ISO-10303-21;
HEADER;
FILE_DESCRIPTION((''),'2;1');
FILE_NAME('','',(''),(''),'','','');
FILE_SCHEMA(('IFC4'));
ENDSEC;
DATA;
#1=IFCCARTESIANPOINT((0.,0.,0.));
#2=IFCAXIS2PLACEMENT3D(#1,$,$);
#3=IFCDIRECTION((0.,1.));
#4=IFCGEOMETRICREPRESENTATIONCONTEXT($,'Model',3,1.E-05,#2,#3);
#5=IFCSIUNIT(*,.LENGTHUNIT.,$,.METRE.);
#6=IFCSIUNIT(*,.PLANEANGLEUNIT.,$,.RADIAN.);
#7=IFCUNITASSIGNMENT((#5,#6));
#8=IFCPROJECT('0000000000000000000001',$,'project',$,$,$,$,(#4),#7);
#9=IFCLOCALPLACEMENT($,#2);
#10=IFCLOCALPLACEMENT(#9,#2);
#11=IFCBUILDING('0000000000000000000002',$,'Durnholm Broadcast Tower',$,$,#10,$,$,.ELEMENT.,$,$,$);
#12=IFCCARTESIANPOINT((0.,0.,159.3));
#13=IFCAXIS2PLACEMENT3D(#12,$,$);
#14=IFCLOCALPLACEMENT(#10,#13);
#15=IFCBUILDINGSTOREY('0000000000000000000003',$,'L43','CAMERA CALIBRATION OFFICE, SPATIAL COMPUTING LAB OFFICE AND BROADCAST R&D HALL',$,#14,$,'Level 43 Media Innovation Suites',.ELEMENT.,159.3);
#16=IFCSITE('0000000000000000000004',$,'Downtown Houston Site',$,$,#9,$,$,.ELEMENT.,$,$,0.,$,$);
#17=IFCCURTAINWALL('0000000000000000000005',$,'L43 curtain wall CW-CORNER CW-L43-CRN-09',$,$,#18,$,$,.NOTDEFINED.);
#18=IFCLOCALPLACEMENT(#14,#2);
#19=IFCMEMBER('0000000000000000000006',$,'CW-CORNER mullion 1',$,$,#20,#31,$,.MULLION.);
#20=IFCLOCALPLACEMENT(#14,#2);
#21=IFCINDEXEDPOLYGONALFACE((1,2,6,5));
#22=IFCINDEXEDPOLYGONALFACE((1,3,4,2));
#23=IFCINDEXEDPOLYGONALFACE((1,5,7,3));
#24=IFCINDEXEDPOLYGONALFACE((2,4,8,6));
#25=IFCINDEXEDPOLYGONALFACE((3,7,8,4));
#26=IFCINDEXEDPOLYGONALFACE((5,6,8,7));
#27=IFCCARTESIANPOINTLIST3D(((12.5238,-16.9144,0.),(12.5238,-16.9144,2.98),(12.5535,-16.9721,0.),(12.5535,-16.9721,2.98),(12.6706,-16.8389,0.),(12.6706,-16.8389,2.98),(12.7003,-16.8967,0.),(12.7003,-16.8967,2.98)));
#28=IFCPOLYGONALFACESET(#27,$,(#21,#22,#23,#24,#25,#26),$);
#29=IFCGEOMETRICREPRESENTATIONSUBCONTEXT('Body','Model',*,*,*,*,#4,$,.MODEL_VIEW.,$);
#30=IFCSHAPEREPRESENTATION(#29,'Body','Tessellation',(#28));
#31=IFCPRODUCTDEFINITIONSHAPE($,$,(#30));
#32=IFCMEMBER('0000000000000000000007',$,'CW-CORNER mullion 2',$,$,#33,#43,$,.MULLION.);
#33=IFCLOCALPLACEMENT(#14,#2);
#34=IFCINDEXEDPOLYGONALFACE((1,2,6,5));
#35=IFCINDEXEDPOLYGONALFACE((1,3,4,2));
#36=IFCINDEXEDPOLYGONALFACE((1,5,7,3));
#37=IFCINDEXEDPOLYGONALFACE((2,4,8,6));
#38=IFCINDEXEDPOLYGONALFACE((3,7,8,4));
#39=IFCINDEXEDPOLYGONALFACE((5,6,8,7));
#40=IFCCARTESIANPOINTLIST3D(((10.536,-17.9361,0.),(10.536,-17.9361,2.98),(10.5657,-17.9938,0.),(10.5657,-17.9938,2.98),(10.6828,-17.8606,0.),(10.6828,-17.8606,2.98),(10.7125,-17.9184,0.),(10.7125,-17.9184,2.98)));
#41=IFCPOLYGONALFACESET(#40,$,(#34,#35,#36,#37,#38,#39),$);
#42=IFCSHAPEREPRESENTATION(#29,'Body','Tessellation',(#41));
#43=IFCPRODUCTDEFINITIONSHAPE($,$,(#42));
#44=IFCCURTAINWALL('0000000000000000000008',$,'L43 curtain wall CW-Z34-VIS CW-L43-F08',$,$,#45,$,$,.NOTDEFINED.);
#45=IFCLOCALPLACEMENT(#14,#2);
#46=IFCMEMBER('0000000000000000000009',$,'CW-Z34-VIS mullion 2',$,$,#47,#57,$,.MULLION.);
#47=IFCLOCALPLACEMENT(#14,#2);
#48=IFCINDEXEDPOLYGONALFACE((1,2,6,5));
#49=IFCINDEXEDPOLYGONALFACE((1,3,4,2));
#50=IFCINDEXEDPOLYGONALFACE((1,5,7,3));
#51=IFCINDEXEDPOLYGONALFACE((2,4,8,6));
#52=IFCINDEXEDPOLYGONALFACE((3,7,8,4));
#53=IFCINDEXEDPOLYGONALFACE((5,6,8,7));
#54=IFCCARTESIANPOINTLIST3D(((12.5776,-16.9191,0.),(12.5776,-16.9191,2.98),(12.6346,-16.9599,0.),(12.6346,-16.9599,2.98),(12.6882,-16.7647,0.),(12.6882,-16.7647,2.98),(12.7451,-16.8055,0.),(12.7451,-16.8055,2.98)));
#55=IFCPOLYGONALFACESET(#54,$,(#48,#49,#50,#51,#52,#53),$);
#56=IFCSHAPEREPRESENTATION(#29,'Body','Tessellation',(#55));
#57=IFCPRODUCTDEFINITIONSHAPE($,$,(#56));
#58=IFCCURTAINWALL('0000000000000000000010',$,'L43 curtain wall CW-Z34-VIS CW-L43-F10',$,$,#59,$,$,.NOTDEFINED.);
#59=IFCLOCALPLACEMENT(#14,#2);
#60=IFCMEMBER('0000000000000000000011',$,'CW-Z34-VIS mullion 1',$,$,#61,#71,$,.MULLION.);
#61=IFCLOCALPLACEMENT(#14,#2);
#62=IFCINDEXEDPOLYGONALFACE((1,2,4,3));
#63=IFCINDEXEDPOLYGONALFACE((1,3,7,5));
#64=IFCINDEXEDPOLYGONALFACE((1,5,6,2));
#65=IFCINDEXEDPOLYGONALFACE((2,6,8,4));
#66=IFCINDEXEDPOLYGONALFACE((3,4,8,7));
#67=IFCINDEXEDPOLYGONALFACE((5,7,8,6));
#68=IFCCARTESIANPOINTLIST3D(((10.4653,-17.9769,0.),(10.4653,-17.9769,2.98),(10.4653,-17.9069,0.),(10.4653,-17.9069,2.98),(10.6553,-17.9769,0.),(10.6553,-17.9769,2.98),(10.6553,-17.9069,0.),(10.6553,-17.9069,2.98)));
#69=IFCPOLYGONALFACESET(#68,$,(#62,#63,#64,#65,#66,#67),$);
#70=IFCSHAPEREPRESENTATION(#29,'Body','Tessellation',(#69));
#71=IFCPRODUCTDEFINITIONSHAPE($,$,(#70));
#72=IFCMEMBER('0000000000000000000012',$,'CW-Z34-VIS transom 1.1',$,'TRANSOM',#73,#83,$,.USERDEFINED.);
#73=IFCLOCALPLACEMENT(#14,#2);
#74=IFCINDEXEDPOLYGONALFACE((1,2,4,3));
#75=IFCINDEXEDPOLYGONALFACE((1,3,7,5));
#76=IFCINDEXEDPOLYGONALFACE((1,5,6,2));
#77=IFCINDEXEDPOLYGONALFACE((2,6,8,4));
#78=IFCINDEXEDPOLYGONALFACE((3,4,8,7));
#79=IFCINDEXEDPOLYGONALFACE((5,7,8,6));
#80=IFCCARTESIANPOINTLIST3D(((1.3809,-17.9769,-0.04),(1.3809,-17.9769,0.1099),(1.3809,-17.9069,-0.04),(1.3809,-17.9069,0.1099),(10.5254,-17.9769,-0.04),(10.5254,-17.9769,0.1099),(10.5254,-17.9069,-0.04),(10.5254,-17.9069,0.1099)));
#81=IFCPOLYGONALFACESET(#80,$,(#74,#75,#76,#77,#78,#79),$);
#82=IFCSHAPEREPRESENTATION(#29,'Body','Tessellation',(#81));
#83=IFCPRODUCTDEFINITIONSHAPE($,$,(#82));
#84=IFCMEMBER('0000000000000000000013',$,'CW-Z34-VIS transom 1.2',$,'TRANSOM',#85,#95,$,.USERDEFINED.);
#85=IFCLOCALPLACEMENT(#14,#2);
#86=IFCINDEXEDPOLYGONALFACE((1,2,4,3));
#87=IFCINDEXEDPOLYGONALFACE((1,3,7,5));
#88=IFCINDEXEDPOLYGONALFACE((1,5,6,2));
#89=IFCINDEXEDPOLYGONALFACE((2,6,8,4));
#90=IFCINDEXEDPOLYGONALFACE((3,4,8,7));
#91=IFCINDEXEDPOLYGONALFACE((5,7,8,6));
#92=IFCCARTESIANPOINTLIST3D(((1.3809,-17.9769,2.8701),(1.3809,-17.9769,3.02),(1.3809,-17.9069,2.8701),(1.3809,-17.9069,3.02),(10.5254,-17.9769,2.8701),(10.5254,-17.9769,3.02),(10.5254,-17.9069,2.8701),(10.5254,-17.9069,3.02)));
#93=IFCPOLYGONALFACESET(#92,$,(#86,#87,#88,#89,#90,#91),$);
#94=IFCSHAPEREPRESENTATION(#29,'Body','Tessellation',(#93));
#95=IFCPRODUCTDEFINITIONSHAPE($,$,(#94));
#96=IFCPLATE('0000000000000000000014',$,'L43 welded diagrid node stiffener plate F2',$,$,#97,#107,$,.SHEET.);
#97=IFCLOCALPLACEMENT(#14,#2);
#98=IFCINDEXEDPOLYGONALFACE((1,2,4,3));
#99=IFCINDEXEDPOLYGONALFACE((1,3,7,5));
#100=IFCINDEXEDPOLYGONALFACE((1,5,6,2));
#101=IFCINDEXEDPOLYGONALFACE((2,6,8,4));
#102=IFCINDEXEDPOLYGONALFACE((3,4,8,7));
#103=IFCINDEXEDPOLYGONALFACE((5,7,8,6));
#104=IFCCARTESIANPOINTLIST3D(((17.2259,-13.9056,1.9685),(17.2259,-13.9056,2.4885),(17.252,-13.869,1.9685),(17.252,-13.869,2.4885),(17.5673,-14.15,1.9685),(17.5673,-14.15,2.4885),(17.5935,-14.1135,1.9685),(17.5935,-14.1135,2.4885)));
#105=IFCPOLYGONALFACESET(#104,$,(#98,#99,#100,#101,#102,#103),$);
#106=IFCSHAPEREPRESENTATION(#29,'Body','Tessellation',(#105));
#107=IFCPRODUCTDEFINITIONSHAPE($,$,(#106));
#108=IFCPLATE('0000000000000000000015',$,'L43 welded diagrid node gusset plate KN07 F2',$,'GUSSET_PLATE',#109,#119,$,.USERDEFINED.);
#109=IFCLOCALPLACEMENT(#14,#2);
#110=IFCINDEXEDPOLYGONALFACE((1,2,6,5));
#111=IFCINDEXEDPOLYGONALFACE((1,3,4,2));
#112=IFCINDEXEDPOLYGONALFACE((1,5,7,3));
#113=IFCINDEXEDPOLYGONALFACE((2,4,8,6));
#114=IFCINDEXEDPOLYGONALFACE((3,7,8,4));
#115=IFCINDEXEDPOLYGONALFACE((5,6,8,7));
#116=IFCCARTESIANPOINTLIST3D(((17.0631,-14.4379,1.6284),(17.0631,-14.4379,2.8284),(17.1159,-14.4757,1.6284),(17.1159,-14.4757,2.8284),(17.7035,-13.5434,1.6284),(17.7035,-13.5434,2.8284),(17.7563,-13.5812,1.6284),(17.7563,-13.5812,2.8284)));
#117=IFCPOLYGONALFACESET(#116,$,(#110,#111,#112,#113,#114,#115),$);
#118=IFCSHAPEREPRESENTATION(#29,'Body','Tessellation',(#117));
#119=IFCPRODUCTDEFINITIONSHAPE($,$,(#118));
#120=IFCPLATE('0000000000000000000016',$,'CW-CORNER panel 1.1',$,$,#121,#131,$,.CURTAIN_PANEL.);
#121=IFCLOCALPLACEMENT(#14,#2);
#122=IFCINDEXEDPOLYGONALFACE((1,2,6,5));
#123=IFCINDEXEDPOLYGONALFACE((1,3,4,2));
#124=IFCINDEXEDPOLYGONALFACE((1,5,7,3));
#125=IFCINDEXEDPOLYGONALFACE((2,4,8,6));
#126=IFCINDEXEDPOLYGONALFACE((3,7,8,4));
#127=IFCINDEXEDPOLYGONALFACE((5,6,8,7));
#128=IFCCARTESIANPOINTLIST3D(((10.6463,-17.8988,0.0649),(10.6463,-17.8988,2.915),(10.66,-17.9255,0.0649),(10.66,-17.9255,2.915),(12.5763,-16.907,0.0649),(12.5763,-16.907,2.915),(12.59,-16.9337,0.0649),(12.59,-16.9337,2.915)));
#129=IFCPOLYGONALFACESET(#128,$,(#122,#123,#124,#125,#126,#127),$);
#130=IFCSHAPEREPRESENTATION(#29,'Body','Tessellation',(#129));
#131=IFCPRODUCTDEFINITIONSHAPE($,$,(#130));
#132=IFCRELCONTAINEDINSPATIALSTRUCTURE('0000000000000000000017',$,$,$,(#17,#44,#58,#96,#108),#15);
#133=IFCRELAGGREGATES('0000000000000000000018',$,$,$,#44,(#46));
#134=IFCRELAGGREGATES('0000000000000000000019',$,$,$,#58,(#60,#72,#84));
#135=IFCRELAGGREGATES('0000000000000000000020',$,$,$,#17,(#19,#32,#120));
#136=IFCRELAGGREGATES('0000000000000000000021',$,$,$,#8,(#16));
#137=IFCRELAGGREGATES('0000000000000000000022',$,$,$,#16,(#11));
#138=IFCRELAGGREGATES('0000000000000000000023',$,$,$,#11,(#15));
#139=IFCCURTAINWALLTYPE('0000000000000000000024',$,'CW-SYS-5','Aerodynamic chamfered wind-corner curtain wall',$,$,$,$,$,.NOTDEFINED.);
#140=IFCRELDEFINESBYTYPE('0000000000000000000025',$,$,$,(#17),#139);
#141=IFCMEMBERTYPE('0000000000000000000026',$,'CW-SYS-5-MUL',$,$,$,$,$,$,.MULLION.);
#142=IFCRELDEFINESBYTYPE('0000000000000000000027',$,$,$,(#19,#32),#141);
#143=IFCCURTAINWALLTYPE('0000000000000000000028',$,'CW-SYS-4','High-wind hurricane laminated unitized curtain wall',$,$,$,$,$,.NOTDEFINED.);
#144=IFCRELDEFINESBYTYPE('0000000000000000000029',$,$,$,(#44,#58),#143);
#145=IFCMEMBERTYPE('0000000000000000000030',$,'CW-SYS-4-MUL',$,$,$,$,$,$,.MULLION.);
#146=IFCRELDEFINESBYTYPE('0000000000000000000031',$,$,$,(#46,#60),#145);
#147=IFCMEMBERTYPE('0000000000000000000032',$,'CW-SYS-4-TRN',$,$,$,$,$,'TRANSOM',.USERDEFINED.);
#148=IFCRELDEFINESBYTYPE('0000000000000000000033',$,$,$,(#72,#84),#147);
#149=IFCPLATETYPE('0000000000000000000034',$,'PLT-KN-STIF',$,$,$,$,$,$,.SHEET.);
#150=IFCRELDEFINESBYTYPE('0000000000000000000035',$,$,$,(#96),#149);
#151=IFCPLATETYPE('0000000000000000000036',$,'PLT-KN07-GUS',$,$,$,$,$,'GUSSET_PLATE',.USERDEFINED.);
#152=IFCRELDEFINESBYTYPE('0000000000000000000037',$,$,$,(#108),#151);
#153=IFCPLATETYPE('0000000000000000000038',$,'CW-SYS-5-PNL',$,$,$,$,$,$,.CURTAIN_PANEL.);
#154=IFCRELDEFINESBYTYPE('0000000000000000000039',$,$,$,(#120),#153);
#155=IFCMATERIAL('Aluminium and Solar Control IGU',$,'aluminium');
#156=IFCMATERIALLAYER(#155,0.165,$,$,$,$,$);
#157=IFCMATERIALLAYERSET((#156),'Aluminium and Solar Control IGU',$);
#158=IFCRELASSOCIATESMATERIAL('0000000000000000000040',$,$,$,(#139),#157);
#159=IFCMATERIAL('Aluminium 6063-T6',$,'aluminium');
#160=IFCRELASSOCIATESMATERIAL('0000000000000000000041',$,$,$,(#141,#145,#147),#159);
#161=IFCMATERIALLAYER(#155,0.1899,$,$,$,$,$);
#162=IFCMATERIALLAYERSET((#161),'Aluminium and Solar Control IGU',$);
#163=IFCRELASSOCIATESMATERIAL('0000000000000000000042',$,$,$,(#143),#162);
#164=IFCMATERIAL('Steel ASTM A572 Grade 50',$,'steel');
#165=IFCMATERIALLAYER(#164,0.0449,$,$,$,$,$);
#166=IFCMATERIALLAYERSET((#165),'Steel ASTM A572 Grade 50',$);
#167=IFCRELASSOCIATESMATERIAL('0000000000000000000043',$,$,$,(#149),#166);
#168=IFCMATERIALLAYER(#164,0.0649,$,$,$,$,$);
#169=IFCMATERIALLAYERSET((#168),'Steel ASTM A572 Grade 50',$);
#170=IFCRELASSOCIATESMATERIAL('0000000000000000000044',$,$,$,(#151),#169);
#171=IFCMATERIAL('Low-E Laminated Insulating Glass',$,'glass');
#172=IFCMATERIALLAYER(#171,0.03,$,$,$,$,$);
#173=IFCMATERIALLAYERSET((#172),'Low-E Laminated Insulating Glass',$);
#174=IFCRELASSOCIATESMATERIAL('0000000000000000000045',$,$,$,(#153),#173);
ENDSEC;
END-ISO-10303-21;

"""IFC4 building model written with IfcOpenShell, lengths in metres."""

from ifc_helpers import new_model, si_unit, direction, frame, origin, origin_2d, place, context, subcontext, project, spatial, rectangle, extrude, source, transform, mapped, material, layer, layer_set, material_profile, profile_set, type_object, type_shapes, element, aggregate, save


model = new_model("IFC4")

# Units and contexts
model_context = context("Model", 3, precision=1e-05, world=origin(), true_north=direction((0.0, 1.0)))
body_context = subcontext(model_context, "Body", "Model", "MODEL_VIEW")
ifc_project = project(units=[si_unit("LENGTHUNIT", "METRE"), si_unit("PLANEANGLEUNIT", "RADIAN")], contexts=[model_context])

# Site, building, storey
site_placement = place(None, origin())
site = spatial("IfcSite", under=ifc_project, at=site_placement, Name="Downtown Houston Site", CompositionType="ELEMENT", RefElevation=0.0)
building_placement = place(site_placement, origin())
building = spatial("IfcBuilding", under=site, at=building_placement, Name="Durnholm Broadcast Tower", CompositionType="ELEMENT")
storey_placement = place(building_placement, frame((0.0, 0.0, 159.3)))
storey = spatial("IfcBuildingStorey", under=building, at=storey_placement, Name="L43", Description="CAMERA CALIBRATION OFFICE, SPATIAL COMPUTING LAB OFFICE AND BROADCAST R&D HALL", LongName="Level 43 Media Innovation Suites", CompositionType="ELEMENT", Elevation=159.3)

# Curtain wall, members
ifc_material_1 = material(Name="Aluminium and Solar Control IGU", Category="aluminium")
ifc_layer_1 = layer(ifc_material_1, 0.165)
ifc_layer_set_1 = layer_set([ifc_layer_1], Name="Aluminium and Solar Control IGU")
curtain_wall_type_1 = type_object("IfcCurtainWallType", Name="CW-SYS-5", Description="Aerodynamic chamfered wind-corner curtain wall", PredefinedType="NOTDEFINED", material=ifc_layer_set_1)
curtain_wall_1_placement = place(storey_placement, origin())
curtain_wall_1 = element("IfcCurtainWall", 1, at=curtain_wall_1_placement, inside=storey, type_object=curtain_wall_type_1, Name="L43 curtain wall CW-CORNER CW-L43-CRN-09", PredefinedType="NOTDEFINED")
ifc_material_2 = material(Name="Aluminium 6063-T6", Category="aluminium")
ifc_material_profile_1 = material_profile(ifc_material_2, rectangle(XDim=0.0649, YDim=0.165, at=origin_2d()), Name="CWM65X165")
ifc_profile_set_1 = profile_set([ifc_material_profile_1], Name="Aluminium 6063-T6")
member_type_1 = type_object("IfcMemberType", Name="CW-SYS-5-MUL", PredefinedType="MULLION", material=ifc_profile_set_1)
shared_shape_1 = source(origin(), body_context, "Body", "SweptSolid", [
    extrude(rectangle(XDim=0.0649, YDim=0.165, at=origin_2d()), origin(), (0.0, 0.0, 1.0), 2.98),
])
type_shapes(member_type_1, [shared_shape_1])
member_1_placement = place(storey_placement, frame((12.6121, -16.9055, 0.0), z_axis=(0.0, 0.0, 1.0), x_axis=(0.457082, -0.889425, 0.0)))
member_1 = element("IfcMember", 2, at=member_1_placement, type_object=member_type_1, Name="CW-CORNER mullion 1", PredefinedType="MULLION", context=body_context, shape_type="MappedRepresentation", body=[
    mapped(shared_shape_1, transform((0.0, 0.0, 0.0), x_axis=(1.0, 0.0, 0.0), y_axis=(0.0, 1.0, 0.0), z_axis=(0.0, 0.0, 1.0), scale=1.0)),
])
member_2_placement = place(storey_placement, frame((10.6243, -17.9272, 0.0), z_axis=(0.0, 0.0, 1.0), x_axis=(0.457082, -0.889425, 0.0)))
member_2 = element("IfcMember", 3, at=member_2_placement, type_object=member_type_1, Name="CW-CORNER mullion 2", PredefinedType="MULLION", context=body_context, shape_type="MappedRepresentation", body=[
    mapped(shared_shape_1, transform((0.0, 0.0, 0.0), x_axis=(1.0, 0.0, 0.0), y_axis=(0.0, 1.0, 0.0), z_axis=(0.0, 0.0, 1.0), scale=1.0)),
])

# Curtain wall, member
ifc_layer_2 = layer(ifc_material_1, 0.1899)
ifc_layer_set_2 = layer_set([ifc_layer_2], Name="Aluminium and Solar Control IGU")
curtain_wall_type_2 = type_object("IfcCurtainWallType", Name="CW-SYS-4", Description="High-wind hurricane laminated unitized curtain wall", PredefinedType="NOTDEFINED", material=ifc_layer_set_2)
curtain_wall_2_placement = place(storey_placement, origin())
curtain_wall_2 = element("IfcCurtainWall", 4, at=curtain_wall_2_placement, inside=storey, type_object=curtain_wall_type_2, Name="L43 curtain wall CW-Z34-VIS CW-L43-F08", PredefinedType="NOTDEFINED")
ifc_material_profile_2 = material_profile(ifc_material_2, rectangle(XDim=0.0701, YDim=0.1899, at=origin_2d()), Name="CWM70X190")
ifc_profile_set_2 = profile_set([ifc_material_profile_2], Name="Aluminium 6063-T6")
member_type_2 = type_object("IfcMemberType", Name="CW-SYS-4-MUL", PredefinedType="MULLION", material=ifc_profile_set_2)
shared_shape_2 = source(origin(), body_context, "Body", "SweptSolid", [
    extrude(rectangle(XDim=0.0701, YDim=0.1899, at=origin_2d()), origin(), (0.0, 0.0, 1.0), 2.98),
])
type_shapes(member_type_2, [shared_shape_2])
member_3_placement = place(storey_placement, frame((12.6614, -16.8623, 0.0), z_axis=(0.0, 0.0, 1.0), x_axis=(0.813089, -0.582139, 0.0)))
member_3 = element("IfcMember", 5, at=member_3_placement, type_object=member_type_2, Name="CW-Z34-VIS mullion 2", PredefinedType="MULLION", context=body_context, shape_type="MappedRepresentation", body=[
    mapped(shared_shape_2, transform((0.0, 0.0, 0.0), x_axis=(1.0, 0.0, 0.0), y_axis=(0.0, 1.0, 0.0), z_axis=(0.0, 0.0, 1.0), scale=1.0)),
])
aggregate(curtain_wall_2, [member_3])

# Curtain wall, members
curtain_wall_3_placement = place(storey_placement, origin())
curtain_wall_3 = element("IfcCurtainWall", 6, at=curtain_wall_3_placement, inside=storey, type_object=curtain_wall_type_2, Name="L43 curtain wall CW-Z34-VIS CW-L43-F10", PredefinedType="NOTDEFINED")
member_4_placement = place(storey_placement, frame((10.5603, -17.9419, 0.0), z_axis=(0.0, 0.0, 1.0), x_axis=(0.0, -1.0, 0.0)))
member_4 = element("IfcMember", 7, at=member_4_placement, type_object=member_type_2, Name="CW-Z34-VIS mullion 1", PredefinedType="MULLION", context=body_context, shape_type="MappedRepresentation", body=[
    mapped(shared_shape_2, transform((0.0, 0.0, 0.0), x_axis=(1.0, 0.0, 0.0), y_axis=(0.0, 1.0, 0.0), z_axis=(0.0, 0.0, 1.0), scale=1.0)),
])
ifc_material_profile_3 = material_profile(ifc_material_2, rectangle(XDim=0.0701, YDim=0.1499, at=origin_2d()), Name="CWT70X150")
ifc_profile_set_3 = profile_set([ifc_material_profile_3], Name="Aluminium 6063-T6")
member_type_3 = type_object("IfcMemberType", Name="CW-SYS-4-TRN", ElementType="TRANSOM", PredefinedType="USERDEFINED", material=ifc_profile_set_3)
shared_shape_3 = source(origin(), body_context, "Body", "SweptSolid", [
    extrude(rectangle(XDim=0.0701, YDim=0.1499, at=origin_2d()), origin(), (0.0, 0.0, 1.0), 9.1445),
])
type_shapes(member_type_3, [shared_shape_3])
member_5_placement = place(storey_placement, frame((10.5254, -17.9419, 0.0349), z_axis=(-1.0, 0.0, 0.0), x_axis=(0.0, -1.0, 0.0)))
member_5 = element("IfcMember", 8, at=member_5_placement, type_object=member_type_3, Name="CW-Z34-VIS transom 1.1", ObjectType="TRANSOM", PredefinedType="USERDEFINED", context=body_context, shape_type="MappedRepresentation", body=[
    mapped(shared_shape_3, transform((0.0, 0.0, 0.0), x_axis=(1.0, 0.0, 0.0), y_axis=(0.0, 1.0, 0.0), z_axis=(0.0, 0.0, 1.0), scale=1.0)),
])
member_6_placement = place(storey_placement, frame((10.5254, -17.9419, 2.9451), z_axis=(-1.0, 0.0, 0.0), x_axis=(0.0, -1.0, 0.0)))
member_6 = element("IfcMember", 9, at=member_6_placement, type_object=member_type_3, Name="CW-Z34-VIS transom 1.2", ObjectType="TRANSOM", PredefinedType="USERDEFINED", context=body_context, shape_type="MappedRepresentation", body=[
    mapped(shared_shape_3, transform((0.0, 0.0, 0.0), x_axis=(1.0, 0.0, 0.0), y_axis=(0.0, 1.0, 0.0), z_axis=(0.0, 0.0, 1.0), scale=1.0)),
])
aggregate(curtain_wall_3, [member_4, member_5, member_6])

# Plates
ifc_material_3 = material(Name="Steel ASTM A572 Grade 50", Category="steel")
ifc_layer_3 = layer(ifc_material_3, 0.0449)
ifc_layer_set_3 = layer_set([ifc_layer_3], Name="Steel ASTM A572 Grade 50")
plate_type_1 = type_object("IfcPlateType", Name="PLT-KN-STIF", PredefinedType="SHEET", material=ifc_layer_set_3)
shared_shape_4 = source(origin(), body_context, "Body", "SweptSolid", [
    extrude(rectangle(XDim=0.0449, YDim=0.4199, at=origin_2d()), origin(), (0.0, 0.0, 1.0), 0.52),
])
type_shapes(plate_type_1, [shared_shape_4])
plate_1_placement = place(storey_placement, frame((17.4097, -14.0095, 1.9685), z_axis=(0.0, 0.0, 1.0), x_axis=(0.582123, 0.813101, 0.0)))
element("IfcPlate", 10, at=plate_1_placement, inside=storey, type_object=plate_type_1, Name="L43 welded diagrid node stiffener plate F2", PredefinedType="SHEET", context=body_context, shape_type="MappedRepresentation", body=[
    mapped(shared_shape_4, transform((0.0, 0.0, 0.0), x_axis=(1.0, 0.0, 0.0), y_axis=(0.0, 1.0, 0.0), z_axis=(0.0, 0.0, 1.0), scale=1.0)),
])
ifc_layer_4 = layer(ifc_material_3, 0.0649)
ifc_layer_set_4 = layer_set([ifc_layer_4], Name="Steel ASTM A572 Grade 50")
plate_type_2 = type_object("IfcPlateType", Name="PLT-KN07-GUS", ElementType="GUSSET_PLATE", PredefinedType="USERDEFINED", material=ifc_layer_set_4)
shared_shape_5 = source(origin(), body_context, "Body", "SweptSolid", [
    extrude(rectangle(XDim=1.1001, YDim=0.0649, at=origin_2d()), origin(), (0.0, 0.0, 1.0), 1.2),
])
type_shapes(plate_type_2, [shared_shape_5])
plate_2_placement = place(storey_placement, frame((17.4097, -14.0095, 1.6284), z_axis=(0.0, 0.0, 1.0), x_axis=(0.582123, 0.813101, 0.0)))
element("IfcPlate", 11, at=plate_2_placement, inside=storey, type_object=plate_type_2, Name="L43 welded diagrid node gusset plate KN07 F2", ObjectType="GUSSET_PLATE", PredefinedType="USERDEFINED", context=body_context, shape_type="MappedRepresentation", body=[
    mapped(shared_shape_5, transform((0.0, 0.0, 0.0), x_axis=(1.0, 0.0, 0.0), y_axis=(0.0, 1.0, 0.0), z_axis=(0.0, 0.0, 1.0), scale=1.0)),
])

# Plate
ifc_material_4 = material(Name="Low-E Laminated Insulating Glass", Category="glass")
ifc_layer_5 = layer(ifc_material_4, 0.03)
ifc_layer_set_5 = layer_set([ifc_layer_5], Name="Low-E Laminated Insulating Glass")
plate_type_3 = type_object("IfcPlateType", Name="CW-SYS-5-PNL", PredefinedType="CURTAIN_PANEL", material=ifc_layer_set_5)
shared_shape_6 = source(origin(), body_context, "Body", "SweptSolid", [
    extrude(rectangle(XDim=2.1699, YDim=0.03, at=origin_2d()), origin(), (0.0, 0.0, 1.0), 2.8501),
])
type_shapes(plate_type_3, [shared_shape_6])
plate_3_placement = place(storey_placement, frame((11.6182, -17.4163, 0.0649), z_axis=(0.0, 0.0, 1.0), x_axis=(-0.889425, -0.457082, 0.0)))
plate_3 = element("IfcPlate", 12, at=plate_3_placement, type_object=plate_type_3, Name="CW-CORNER panel 1.1", PredefinedType="CURTAIN_PANEL", context=body_context, shape_type="MappedRepresentation", body=[
    mapped(shared_shape_6, transform((0.0, 0.0, 0.0), x_axis=(1.0, 0.0, 0.0), y_axis=(0.0, 1.0, 0.0), z_axis=(0.0, 0.0, 1.0), scale=1.0)),
])
aggregate(curtain_wall_1, [member_1, member_2, plate_3])

save(model, "model.ifc")
